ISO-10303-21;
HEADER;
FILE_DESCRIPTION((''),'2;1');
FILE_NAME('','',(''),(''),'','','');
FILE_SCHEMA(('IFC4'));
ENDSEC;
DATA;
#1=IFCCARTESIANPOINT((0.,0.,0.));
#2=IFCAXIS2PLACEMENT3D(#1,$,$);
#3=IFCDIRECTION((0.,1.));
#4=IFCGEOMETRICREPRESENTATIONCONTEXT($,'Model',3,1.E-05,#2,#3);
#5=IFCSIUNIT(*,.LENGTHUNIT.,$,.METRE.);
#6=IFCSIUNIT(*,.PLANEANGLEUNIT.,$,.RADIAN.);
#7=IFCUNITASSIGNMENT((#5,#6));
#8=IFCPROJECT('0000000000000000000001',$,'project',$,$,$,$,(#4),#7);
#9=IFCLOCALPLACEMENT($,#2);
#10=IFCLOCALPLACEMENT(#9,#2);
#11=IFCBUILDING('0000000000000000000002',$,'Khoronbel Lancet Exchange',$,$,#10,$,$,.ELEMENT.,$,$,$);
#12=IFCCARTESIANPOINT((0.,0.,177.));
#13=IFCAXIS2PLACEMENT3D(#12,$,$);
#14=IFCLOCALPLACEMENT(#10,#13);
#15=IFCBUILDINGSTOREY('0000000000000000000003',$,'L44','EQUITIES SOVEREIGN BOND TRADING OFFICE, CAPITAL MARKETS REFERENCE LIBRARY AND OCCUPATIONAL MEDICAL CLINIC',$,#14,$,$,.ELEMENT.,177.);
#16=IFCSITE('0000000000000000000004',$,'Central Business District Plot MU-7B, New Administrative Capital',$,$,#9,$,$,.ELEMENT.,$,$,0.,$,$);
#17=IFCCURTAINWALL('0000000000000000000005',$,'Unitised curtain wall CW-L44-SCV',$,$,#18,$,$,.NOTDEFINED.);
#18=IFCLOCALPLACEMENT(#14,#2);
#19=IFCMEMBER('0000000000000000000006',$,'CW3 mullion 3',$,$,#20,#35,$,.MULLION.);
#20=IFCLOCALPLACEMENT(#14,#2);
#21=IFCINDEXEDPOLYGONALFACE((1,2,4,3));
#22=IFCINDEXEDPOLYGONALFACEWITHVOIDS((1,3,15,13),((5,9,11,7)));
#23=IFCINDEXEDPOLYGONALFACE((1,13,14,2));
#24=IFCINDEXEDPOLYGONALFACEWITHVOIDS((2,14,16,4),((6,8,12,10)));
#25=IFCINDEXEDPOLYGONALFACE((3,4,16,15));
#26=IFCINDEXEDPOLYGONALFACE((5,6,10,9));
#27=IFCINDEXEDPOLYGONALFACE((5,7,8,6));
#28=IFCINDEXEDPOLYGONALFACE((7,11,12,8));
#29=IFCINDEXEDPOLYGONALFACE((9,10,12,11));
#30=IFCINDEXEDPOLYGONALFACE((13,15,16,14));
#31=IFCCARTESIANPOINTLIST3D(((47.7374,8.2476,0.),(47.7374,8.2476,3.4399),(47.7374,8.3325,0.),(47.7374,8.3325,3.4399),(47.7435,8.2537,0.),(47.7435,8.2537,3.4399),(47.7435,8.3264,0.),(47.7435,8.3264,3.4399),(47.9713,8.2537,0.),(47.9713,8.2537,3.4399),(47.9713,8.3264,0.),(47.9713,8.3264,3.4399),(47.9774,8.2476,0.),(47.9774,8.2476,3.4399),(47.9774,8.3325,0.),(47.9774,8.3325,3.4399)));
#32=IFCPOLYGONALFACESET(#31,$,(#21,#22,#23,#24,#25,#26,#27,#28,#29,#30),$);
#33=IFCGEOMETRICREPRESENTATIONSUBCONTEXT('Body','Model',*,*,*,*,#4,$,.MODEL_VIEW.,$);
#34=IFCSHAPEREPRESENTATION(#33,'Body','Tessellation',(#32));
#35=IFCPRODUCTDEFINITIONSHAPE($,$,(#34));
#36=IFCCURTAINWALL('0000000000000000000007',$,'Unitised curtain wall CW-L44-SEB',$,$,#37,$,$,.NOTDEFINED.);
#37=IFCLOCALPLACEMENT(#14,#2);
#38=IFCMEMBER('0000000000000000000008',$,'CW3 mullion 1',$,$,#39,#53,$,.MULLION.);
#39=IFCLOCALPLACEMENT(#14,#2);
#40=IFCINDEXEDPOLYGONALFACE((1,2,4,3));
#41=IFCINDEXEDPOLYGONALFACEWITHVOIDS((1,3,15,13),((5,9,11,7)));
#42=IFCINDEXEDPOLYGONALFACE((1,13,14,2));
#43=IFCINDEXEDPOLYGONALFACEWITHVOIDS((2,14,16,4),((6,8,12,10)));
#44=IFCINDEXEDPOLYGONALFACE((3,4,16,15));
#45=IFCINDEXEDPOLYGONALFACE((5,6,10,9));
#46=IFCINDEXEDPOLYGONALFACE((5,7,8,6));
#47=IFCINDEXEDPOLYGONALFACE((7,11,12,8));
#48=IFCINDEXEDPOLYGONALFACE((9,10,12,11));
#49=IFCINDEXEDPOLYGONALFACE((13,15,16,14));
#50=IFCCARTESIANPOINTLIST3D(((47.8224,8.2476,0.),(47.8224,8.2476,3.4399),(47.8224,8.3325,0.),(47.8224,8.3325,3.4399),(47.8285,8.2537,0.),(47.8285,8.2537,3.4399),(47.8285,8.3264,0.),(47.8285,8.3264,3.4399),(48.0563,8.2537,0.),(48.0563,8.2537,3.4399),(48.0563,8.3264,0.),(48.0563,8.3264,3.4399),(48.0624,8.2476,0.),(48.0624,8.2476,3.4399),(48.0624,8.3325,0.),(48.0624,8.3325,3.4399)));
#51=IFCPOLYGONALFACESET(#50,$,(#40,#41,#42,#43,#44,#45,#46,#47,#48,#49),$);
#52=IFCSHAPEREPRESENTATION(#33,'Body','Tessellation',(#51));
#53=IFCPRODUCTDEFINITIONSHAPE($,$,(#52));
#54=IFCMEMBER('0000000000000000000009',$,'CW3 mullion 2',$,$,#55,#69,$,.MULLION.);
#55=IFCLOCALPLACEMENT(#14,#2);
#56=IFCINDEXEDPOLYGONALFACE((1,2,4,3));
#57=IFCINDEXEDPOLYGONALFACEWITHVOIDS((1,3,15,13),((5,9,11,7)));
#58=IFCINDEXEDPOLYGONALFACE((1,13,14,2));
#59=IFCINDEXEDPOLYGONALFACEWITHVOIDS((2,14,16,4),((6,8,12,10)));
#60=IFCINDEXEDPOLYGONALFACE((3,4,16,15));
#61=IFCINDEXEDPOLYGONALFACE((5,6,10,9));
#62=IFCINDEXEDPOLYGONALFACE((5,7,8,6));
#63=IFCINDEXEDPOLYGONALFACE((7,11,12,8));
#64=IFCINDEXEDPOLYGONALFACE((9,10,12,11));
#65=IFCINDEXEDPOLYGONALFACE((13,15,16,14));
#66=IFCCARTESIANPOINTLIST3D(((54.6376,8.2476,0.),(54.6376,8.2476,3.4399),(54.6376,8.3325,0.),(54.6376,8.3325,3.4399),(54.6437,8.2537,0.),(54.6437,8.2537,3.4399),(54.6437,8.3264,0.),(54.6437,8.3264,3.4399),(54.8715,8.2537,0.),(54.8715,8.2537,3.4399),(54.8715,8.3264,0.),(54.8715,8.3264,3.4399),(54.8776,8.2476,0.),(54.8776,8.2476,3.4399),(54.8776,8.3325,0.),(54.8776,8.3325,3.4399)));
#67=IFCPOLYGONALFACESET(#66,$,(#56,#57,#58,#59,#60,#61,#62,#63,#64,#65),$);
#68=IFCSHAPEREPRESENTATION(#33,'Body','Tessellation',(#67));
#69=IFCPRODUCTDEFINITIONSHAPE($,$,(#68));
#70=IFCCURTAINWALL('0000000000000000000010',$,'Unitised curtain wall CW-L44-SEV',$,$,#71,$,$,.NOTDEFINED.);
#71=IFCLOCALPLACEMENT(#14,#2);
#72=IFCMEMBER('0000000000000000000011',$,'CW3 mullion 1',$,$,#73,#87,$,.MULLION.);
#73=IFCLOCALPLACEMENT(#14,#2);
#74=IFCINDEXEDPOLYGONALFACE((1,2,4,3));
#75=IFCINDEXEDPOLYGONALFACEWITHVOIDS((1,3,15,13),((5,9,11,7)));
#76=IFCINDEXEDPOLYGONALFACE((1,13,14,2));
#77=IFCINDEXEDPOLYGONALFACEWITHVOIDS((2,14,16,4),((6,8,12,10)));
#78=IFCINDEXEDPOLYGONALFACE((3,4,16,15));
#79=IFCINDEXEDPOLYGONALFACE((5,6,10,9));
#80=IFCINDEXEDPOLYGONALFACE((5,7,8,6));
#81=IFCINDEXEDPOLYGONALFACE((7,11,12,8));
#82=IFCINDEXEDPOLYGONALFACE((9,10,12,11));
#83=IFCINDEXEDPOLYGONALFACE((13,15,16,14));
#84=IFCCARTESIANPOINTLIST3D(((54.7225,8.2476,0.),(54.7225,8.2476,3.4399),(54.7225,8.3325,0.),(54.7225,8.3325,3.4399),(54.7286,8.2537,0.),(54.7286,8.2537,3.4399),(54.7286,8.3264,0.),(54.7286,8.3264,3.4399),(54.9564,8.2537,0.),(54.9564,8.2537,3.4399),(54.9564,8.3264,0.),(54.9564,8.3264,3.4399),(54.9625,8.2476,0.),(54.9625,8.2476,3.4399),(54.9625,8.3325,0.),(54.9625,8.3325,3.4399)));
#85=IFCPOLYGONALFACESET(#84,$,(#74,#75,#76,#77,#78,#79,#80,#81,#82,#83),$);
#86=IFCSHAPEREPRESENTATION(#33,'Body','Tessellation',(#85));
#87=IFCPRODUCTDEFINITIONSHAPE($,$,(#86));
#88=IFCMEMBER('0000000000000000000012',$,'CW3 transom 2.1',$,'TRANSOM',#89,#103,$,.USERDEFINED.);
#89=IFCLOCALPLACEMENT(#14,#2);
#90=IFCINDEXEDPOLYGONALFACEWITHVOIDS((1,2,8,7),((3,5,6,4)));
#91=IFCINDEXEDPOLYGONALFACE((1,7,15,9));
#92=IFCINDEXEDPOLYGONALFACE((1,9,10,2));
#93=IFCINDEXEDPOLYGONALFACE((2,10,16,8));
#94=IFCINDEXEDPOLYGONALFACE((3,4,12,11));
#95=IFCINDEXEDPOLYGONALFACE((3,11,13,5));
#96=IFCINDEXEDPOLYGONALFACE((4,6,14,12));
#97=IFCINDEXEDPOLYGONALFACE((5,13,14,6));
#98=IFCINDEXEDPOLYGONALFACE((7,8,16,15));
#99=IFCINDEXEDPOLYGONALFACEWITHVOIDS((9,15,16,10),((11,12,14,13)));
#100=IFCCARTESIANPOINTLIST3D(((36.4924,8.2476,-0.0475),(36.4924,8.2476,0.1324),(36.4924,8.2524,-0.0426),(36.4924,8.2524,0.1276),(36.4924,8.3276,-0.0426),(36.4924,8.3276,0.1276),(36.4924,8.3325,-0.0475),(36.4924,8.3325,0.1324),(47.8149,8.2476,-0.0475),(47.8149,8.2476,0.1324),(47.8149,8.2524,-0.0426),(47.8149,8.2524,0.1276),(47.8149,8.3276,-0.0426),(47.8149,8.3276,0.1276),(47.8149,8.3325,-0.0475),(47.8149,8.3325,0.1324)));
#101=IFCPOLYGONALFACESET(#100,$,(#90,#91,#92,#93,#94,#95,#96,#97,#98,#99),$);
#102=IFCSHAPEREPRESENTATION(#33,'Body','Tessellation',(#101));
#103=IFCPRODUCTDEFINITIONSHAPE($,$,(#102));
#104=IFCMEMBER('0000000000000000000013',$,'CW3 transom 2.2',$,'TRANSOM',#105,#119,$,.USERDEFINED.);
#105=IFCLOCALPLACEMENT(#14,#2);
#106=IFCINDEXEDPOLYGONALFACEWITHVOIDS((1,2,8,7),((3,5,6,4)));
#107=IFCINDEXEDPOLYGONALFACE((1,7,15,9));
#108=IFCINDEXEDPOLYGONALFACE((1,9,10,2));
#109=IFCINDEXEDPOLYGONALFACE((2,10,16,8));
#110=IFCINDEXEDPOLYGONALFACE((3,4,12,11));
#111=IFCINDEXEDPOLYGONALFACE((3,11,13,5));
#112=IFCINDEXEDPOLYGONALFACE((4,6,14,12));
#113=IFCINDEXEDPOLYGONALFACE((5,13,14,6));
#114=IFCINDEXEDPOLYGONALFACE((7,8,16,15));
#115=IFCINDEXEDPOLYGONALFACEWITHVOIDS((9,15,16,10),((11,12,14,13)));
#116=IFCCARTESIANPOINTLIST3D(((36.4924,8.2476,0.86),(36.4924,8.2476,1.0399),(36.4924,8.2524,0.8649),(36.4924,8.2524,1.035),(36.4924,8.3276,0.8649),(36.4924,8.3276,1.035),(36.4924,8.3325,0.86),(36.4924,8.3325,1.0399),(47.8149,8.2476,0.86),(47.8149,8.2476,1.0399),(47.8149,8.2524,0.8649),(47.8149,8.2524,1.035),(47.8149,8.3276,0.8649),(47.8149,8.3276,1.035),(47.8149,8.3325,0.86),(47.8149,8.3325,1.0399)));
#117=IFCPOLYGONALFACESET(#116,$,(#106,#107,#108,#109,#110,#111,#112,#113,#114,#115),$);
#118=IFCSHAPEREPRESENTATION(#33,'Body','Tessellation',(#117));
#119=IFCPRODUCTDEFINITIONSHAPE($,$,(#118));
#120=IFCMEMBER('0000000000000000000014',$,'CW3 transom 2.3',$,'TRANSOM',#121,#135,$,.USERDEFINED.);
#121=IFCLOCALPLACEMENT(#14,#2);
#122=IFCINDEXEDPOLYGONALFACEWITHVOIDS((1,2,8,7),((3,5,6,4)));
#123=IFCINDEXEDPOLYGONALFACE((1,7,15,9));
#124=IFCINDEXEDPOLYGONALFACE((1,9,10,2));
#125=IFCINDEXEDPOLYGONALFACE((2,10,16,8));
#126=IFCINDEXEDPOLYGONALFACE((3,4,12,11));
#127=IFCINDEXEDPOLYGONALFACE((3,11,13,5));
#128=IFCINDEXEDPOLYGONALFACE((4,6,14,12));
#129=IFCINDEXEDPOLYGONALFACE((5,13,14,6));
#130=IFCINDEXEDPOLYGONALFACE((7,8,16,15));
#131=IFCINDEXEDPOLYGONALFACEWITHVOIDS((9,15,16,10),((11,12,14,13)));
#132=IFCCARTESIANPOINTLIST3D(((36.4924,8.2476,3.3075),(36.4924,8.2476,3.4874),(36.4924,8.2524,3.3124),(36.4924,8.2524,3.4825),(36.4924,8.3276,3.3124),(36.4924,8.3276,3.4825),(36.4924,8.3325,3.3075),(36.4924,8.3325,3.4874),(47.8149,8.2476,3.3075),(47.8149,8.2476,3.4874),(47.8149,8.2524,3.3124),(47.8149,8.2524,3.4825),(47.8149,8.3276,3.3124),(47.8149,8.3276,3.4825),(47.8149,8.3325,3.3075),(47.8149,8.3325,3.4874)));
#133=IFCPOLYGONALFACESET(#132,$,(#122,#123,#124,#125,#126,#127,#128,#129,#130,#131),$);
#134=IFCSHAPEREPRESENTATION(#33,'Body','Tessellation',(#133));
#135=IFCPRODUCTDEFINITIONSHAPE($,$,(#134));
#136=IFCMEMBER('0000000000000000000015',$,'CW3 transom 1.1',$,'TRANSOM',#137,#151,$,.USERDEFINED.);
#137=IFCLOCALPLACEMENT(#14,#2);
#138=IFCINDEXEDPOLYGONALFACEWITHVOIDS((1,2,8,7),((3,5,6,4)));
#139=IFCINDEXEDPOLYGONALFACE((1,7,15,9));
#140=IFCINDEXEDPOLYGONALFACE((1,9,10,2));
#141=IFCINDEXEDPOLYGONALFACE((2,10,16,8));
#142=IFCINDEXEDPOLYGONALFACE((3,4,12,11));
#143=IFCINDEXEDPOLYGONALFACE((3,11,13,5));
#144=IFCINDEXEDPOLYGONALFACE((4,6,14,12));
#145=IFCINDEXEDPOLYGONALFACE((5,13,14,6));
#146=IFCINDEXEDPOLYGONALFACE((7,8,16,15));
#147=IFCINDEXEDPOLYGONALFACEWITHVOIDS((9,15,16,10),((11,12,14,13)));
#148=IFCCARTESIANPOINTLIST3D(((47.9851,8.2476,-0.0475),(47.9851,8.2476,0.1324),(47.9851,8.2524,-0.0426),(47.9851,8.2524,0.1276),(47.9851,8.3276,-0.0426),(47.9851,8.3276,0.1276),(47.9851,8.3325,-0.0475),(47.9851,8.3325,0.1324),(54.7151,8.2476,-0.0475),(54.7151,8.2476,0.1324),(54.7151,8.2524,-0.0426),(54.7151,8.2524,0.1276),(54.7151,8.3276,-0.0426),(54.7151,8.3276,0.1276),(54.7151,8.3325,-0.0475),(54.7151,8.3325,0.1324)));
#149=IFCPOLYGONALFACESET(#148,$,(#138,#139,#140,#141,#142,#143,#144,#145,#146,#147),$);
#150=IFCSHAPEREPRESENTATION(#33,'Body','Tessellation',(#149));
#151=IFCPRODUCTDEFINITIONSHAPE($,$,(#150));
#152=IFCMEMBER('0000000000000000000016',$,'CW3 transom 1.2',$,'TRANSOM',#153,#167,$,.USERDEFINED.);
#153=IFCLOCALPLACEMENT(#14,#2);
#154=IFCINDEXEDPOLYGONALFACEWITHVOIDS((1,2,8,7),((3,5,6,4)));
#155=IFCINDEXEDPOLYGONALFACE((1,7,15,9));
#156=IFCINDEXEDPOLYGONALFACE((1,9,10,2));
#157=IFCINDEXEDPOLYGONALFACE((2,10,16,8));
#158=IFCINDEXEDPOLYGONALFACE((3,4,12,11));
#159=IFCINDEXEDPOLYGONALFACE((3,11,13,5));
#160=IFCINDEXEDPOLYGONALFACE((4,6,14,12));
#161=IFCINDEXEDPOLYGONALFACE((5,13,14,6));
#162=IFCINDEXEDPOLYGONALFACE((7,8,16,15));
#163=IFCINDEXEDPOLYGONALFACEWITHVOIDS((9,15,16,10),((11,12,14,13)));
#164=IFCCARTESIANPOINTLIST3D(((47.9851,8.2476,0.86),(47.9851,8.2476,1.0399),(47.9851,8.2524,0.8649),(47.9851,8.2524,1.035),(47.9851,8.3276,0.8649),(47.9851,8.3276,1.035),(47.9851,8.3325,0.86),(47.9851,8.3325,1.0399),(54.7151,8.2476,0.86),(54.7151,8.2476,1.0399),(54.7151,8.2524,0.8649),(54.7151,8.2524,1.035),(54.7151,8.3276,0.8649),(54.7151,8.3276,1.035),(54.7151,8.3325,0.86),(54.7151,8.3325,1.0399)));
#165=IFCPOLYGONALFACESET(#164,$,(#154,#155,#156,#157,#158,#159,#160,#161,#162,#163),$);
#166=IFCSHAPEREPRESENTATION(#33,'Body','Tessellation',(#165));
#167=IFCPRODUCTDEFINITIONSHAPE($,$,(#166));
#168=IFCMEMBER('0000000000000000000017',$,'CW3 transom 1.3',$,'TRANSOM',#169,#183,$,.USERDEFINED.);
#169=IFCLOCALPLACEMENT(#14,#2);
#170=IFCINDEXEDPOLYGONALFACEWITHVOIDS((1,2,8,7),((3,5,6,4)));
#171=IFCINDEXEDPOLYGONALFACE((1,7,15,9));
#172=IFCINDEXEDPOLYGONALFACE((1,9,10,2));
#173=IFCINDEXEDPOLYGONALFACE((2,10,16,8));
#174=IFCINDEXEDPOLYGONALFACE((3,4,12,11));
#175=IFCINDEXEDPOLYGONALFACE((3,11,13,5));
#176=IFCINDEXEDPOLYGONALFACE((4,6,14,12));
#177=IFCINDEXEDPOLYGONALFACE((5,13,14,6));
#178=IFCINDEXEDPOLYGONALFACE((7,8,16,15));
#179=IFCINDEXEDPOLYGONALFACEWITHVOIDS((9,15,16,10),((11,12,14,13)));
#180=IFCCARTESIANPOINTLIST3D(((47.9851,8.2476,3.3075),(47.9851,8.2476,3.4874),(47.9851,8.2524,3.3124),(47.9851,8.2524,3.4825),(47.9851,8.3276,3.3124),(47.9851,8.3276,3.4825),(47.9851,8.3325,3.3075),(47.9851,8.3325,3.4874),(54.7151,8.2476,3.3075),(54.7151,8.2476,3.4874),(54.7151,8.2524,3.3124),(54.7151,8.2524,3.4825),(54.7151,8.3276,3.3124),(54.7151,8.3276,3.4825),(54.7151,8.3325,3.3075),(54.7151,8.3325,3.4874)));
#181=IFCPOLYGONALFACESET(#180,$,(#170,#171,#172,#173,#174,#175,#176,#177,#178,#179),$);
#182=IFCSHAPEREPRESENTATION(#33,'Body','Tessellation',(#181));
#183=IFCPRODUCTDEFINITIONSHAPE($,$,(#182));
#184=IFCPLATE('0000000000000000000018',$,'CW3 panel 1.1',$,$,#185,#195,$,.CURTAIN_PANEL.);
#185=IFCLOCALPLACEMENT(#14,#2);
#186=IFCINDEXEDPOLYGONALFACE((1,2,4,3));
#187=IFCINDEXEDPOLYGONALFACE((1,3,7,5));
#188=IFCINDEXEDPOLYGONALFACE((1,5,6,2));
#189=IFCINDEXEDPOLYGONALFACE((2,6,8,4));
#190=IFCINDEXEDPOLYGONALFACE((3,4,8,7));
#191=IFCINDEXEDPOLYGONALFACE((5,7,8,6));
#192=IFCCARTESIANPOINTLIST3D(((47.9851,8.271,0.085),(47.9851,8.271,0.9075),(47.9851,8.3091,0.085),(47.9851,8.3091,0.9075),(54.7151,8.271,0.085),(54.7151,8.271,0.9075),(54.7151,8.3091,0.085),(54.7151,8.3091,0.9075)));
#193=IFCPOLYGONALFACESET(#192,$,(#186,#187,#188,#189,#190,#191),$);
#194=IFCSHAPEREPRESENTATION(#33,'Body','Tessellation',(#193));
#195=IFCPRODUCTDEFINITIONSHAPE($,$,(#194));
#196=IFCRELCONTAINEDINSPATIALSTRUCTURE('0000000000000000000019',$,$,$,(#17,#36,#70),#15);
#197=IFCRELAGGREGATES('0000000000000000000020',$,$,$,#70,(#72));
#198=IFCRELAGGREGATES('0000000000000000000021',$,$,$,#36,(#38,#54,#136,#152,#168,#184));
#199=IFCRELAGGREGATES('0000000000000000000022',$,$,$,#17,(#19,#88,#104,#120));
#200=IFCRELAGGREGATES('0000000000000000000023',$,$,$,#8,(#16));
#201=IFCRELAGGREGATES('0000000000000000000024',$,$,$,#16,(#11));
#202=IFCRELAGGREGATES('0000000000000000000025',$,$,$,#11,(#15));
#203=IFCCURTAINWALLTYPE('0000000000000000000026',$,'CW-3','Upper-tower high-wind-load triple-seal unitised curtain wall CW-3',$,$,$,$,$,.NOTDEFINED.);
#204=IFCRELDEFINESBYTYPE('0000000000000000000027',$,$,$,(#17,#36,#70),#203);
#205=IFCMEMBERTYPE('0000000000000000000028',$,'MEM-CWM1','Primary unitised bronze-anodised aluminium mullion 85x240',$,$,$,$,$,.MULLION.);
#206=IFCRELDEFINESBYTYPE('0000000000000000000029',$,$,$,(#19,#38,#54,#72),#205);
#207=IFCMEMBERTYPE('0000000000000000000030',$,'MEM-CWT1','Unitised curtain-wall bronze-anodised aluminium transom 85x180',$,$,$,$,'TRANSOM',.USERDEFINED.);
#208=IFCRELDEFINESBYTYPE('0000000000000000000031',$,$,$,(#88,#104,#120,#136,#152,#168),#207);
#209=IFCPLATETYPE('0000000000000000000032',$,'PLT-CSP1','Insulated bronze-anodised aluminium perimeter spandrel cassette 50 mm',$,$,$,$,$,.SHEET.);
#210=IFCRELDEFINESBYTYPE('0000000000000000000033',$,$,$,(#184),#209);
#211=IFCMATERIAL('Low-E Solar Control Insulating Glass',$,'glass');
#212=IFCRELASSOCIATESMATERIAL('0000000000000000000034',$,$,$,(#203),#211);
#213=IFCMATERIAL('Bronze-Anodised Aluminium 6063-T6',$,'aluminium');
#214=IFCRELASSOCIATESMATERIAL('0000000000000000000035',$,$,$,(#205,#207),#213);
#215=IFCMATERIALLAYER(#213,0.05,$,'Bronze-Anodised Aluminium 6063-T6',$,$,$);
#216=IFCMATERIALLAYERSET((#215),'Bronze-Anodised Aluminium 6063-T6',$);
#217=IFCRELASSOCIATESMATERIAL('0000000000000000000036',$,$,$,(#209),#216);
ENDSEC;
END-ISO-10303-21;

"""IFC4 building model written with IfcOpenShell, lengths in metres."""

from ifc_helpers import new_model, si_unit, direction, frame, origin, origin_2d, place, context, subcontext, project, spatial, rectangle, hollow_rectangle, extrude, material, layer, layer_set, material_profile, profile_set, type_object, element, aggregate, save


model = new_model("IFC4")

# Units and contexts
model_context = context("Model", 3, precision=1e-05, world=origin(), true_north=direction((0.0, 1.0)))
body_context = subcontext(model_context, "Body", "Model", "MODEL_VIEW")
ifc_project = project(units=[si_unit("LENGTHUNIT", "METRE"), si_unit("PLANEANGLEUNIT", "RADIAN")], contexts=[model_context])

# Site, building, storey
site_placement = place(None, origin())
site = spatial("IfcSite", under=ifc_project, at=site_placement, Name="Central Business District Plot MU-7B, New Administrative Capital", CompositionType="ELEMENT", RefElevation=0.0)
building_placement = place(site_placement, origin())
building = spatial("IfcBuilding", under=site, at=building_placement, Name="Khoronbel Lancet Exchange", CompositionType="ELEMENT")
storey_placement = place(building_placement, frame((0.0, 0.0, 177.0)))
storey = spatial("IfcBuildingStorey", under=building, at=storey_placement, Name="L44", Description="EQUITIES SOVEREIGN BOND TRADING OFFICE, CAPITAL MARKETS REFERENCE LIBRARY AND OCCUPATIONAL MEDICAL CLINIC", CompositionType="ELEMENT", Elevation=177.0)

# Curtain walls, members
ifc_material_1 = material(Name="Low-E Solar Control Insulating Glass", Category="glass")
curtain_wall_type = type_object("IfcCurtainWallType", Name="CW-3", Description="Upper-tower high-wind-load triple-seal unitised curtain wall CW-3", PredefinedType="NOTDEFINED", material=ifc_material_1)
curtain_wall_1_placement = place(storey_placement, origin())
curtain_wall_1 = element("IfcCurtainWall", 1, at=curtain_wall_1_placement, inside=storey, type_object=curtain_wall_type, Name="Unitised curtain wall CW-L44-SCV", PredefinedType="NOTDEFINED")
ifc_material_2 = material(Name="Bronze-Anodised Aluminium 6063-T6", Category="aluminium")
ifc_material_profile_1 = material_profile(ifc_material_2, hollow_rectangle(XDim=0.085, YDim=0.24, WallThickness=0.0061, at=origin_2d()), Name="ALU MULLION 85x240")
ifc_profile_set_1 = profile_set([ifc_material_profile_1], Name="Bronze-Anodised Aluminium 6063-T6")
member_type_1 = type_object("IfcMemberType", Name="MEM-CWM1", Description="Primary unitised bronze-anodised aluminium mullion 85x240", PredefinedType="MULLION", material=ifc_profile_set_1)
member_1_placement = place(storey_placement, frame((47.8574, 8.29, 0.0), z_axis=(0.0, 0.0, 1.0), x_axis=(0.0, 1.0, 0.0)))
member_1 = element("IfcMember", 2, at=member_1_placement, type_object=member_type_1, Name="CW3 mullion 3", PredefinedType="MULLION", context=body_context, shape_type="SweptSolid", body=[
    extrude(hollow_rectangle(XDim=0.085, YDim=0.24, WallThickness=0.0061, at=origin_2d()), origin(), (0.0, 0.0, 1.0), 3.4399),
])
curtain_wall_2_placement = place(storey_placement, origin())
curtain_wall_2 = element("IfcCurtainWall", 3, at=curtain_wall_2_placement, inside=storey, type_object=curtain_wall_type, Name="Unitised curtain wall CW-L44-SEB", PredefinedType="NOTDEFINED")
member_2_placement = place(storey_placement, frame((47.9424, 8.29, 0.0), z_axis=(0.0, 0.0, 1.0), x_axis=(0.0, 1.0, 0.0)))
member_2 = element("IfcMember", 4, at=member_2_placement, type_object=member_type_1, Name="CW3 mullion 1", PredefinedType="MULLION", context=body_context, shape_type="SweptSolid", body=[
    extrude(hollow_rectangle(XDim=0.085, YDim=0.24, WallThickness=0.0061, at=origin_2d()), origin(), (0.0, 0.0, 1.0), 3.4399),
])
member_3_placement = place(storey_placement, frame((54.7576, 8.29, 0.0), z_axis=(0.0, 0.0, 1.0), x_axis=(0.0, 1.0, 0.0)))
member_3 = element("IfcMember", 5, at=member_3_placement, type_object=member_type_1, Name="CW3 mullion 2", PredefinedType="MULLION", context=body_context, shape_type="SweptSolid", body=[
    extrude(hollow_rectangle(XDim=0.085, YDim=0.24, WallThickness=0.0061, at=origin_2d()), origin(), (0.0, 0.0, 1.0), 3.4399),
])

# Curtain wall, member
curtain_wall_3_placement = place(storey_placement, origin())
curtain_wall_3 = element("IfcCurtainWall", 6, at=curtain_wall_3_placement, inside=storey, type_object=curtain_wall_type, Name="Unitised curtain wall CW-L44-SEV", PredefinedType="NOTDEFINED")
member_4_placement = place(storey_placement, frame((54.8425, 8.29, 0.0), z_axis=(0.0, 0.0, 1.0), x_axis=(0.0, 1.0, 0.0)))
member_4 = element("IfcMember", 7, at=member_4_placement, type_object=member_type_1, Name="CW3 mullion 1", PredefinedType="MULLION", context=body_context, shape_type="SweptSolid", body=[
    extrude(hollow_rectangle(XDim=0.085, YDim=0.24, WallThickness=0.0061, at=origin_2d()), origin(), (0.0, 0.0, 1.0), 3.4399),
])
aggregate(curtain_wall_3, [member_4])

# Members
ifc_material_profile_2 = material_profile(ifc_material_2, hollow_rectangle(XDim=0.085, YDim=0.1799, WallThickness=0.0049, at=origin_2d()), Name="ALU TRANSOM 85x180")
ifc_profile_set_2 = profile_set([ifc_material_profile_2], Name="Bronze-Anodised Aluminium 6063-T6")
member_type_2 = type_object("IfcMemberType", Name="MEM-CWT1", Description="Unitised curtain-wall bronze-anodised aluminium transom 85x180", ElementType="TRANSOM", PredefinedType="USERDEFINED", material=ifc_profile_set_2)
member_5_placement = place(storey_placement, frame((36.4924, 8.29, 0.0425), z_axis=(1.0, 0.0, 0.0), x_axis=(0.0, 1.0, 0.0)))
member_5 = element("IfcMember", 8, at=member_5_placement, type_object=member_type_2, Name="CW3 transom 2.1", ObjectType="TRANSOM", PredefinedType="USERDEFINED", context=body_context, shape_type="SweptSolid", body=[
    extrude(hollow_rectangle(XDim=0.085, YDim=0.1799, WallThickness=0.0049, at=origin_2d()), origin(), (0.0, 0.0, 1.0), 11.3225),
])
member_6_placement = place(storey_placement, frame((36.4924, 8.29, 0.95), z_axis=(1.0, 0.0, 0.0), x_axis=(0.0, 1.0, 0.0)))
member_6 = element("IfcMember", 9, at=member_6_placement, type_object=member_type_2, Name="CW3 transom 2.2", ObjectType="TRANSOM", PredefinedType="USERDEFINED", context=body_context, shape_type="SweptSolid", body=[
    extrude(hollow_rectangle(XDim=0.085, YDim=0.1799, WallThickness=0.0049, at=origin_2d()), origin(), (0.0, 0.0, 1.0), 11.3225),
])
member_7_placement = place(storey_placement, frame((36.4924, 8.29, 3.3975), z_axis=(1.0, 0.0, 0.0), x_axis=(0.0, 1.0, 0.0)))
member_7 = element("IfcMember", 10, at=member_7_placement, type_object=member_type_2, Name="CW3 transom 2.3", ObjectType="TRANSOM", PredefinedType="USERDEFINED", context=body_context, shape_type="SweptSolid", body=[
    extrude(hollow_rectangle(XDim=0.085, YDim=0.1799, WallThickness=0.0049, at=origin_2d()), origin(), (0.0, 0.0, 1.0), 11.3225),
])
member_8_placement = place(storey_placement, frame((47.9851, 8.29, 0.0425), z_axis=(1.0, 0.0, 0.0), x_axis=(0.0, 1.0, 0.0)))
member_8 = element("IfcMember", 11, at=member_8_placement, type_object=member_type_2, Name="CW3 transom 1.1", ObjectType="TRANSOM", PredefinedType="USERDEFINED", context=body_context, shape_type="SweptSolid", body=[
    extrude(hollow_rectangle(XDim=0.085, YDim=0.1799, WallThickness=0.0049, at=origin_2d()), origin(), (0.0, 0.0, 1.0), 6.73),
])
member_9_placement = place(storey_placement, frame((47.9851, 8.29, 0.95), z_axis=(1.0, 0.0, 0.0), x_axis=(0.0, 1.0, 0.0)))
member_9 = element("IfcMember", 12, at=member_9_placement, type_object=member_type_2, Name="CW3 transom 1.2", ObjectType="TRANSOM", PredefinedType="USERDEFINED", context=body_context, shape_type="SweptSolid", body=[
    extrude(hollow_rectangle(XDim=0.085, YDim=0.1799, WallThickness=0.0049, at=origin_2d()), origin(), (0.0, 0.0, 1.0), 6.73),
])
member_10_placement = place(storey_placement, frame((47.9851, 8.29, 3.3975), z_axis=(1.0, 0.0, 0.0), x_axis=(0.0, 1.0, 0.0)))
member_10 = element("IfcMember", 13, at=member_10_placement, type_object=member_type_2, Name="CW3 transom 1.3", ObjectType="TRANSOM", PredefinedType="USERDEFINED", context=body_context, shape_type="SweptSolid", body=[
    extrude(hollow_rectangle(XDim=0.085, YDim=0.1799, WallThickness=0.0049, at=origin_2d()), origin(), (0.0, 0.0, 1.0), 6.73),
])

# Plate
ifc_layer_1 = layer(ifc_material_2, 0.05, Name="Bronze-Anodised Aluminium 6063-T6")
ifc_layer_set_1 = layer_set([ifc_layer_1], Name="Bronze-Anodised Aluminium 6063-T6")
plate_type_1 = type_object("IfcPlateType", Name="PLT-CSP1", Description="Insulated bronze-anodised aluminium perimeter spandrel cassette 50 mm", PredefinedType="SHEET", material=ifc_layer_set_1)
plate_1_placement = place(storey_placement, frame((51.3501, 8.29, 0.085), z_axis=(0.0, 0.0, 1.0), x_axis=(1.0, 0.0, 0.0)))
plate_1 = element("IfcPlate", 14, at=plate_1_placement, type_object=plate_type_1, Name="CW3 panel 1.1", PredefinedType="CURTAIN_PANEL", context=body_context, shape_type="SweptSolid", body=[
    extrude(rectangle(XDim=6.73, YDim=0.0381, at=origin_2d()), origin(), (0.0, 0.0, 1.0), 0.8225),
])
aggregate(curtain_wall_2, [member_2, member_3, member_8, member_9, member_10, plate_1])
aggregate(curtain_wall_1, [member_1, member_5, member_6, member_7])

save(model, "model.ifc")
